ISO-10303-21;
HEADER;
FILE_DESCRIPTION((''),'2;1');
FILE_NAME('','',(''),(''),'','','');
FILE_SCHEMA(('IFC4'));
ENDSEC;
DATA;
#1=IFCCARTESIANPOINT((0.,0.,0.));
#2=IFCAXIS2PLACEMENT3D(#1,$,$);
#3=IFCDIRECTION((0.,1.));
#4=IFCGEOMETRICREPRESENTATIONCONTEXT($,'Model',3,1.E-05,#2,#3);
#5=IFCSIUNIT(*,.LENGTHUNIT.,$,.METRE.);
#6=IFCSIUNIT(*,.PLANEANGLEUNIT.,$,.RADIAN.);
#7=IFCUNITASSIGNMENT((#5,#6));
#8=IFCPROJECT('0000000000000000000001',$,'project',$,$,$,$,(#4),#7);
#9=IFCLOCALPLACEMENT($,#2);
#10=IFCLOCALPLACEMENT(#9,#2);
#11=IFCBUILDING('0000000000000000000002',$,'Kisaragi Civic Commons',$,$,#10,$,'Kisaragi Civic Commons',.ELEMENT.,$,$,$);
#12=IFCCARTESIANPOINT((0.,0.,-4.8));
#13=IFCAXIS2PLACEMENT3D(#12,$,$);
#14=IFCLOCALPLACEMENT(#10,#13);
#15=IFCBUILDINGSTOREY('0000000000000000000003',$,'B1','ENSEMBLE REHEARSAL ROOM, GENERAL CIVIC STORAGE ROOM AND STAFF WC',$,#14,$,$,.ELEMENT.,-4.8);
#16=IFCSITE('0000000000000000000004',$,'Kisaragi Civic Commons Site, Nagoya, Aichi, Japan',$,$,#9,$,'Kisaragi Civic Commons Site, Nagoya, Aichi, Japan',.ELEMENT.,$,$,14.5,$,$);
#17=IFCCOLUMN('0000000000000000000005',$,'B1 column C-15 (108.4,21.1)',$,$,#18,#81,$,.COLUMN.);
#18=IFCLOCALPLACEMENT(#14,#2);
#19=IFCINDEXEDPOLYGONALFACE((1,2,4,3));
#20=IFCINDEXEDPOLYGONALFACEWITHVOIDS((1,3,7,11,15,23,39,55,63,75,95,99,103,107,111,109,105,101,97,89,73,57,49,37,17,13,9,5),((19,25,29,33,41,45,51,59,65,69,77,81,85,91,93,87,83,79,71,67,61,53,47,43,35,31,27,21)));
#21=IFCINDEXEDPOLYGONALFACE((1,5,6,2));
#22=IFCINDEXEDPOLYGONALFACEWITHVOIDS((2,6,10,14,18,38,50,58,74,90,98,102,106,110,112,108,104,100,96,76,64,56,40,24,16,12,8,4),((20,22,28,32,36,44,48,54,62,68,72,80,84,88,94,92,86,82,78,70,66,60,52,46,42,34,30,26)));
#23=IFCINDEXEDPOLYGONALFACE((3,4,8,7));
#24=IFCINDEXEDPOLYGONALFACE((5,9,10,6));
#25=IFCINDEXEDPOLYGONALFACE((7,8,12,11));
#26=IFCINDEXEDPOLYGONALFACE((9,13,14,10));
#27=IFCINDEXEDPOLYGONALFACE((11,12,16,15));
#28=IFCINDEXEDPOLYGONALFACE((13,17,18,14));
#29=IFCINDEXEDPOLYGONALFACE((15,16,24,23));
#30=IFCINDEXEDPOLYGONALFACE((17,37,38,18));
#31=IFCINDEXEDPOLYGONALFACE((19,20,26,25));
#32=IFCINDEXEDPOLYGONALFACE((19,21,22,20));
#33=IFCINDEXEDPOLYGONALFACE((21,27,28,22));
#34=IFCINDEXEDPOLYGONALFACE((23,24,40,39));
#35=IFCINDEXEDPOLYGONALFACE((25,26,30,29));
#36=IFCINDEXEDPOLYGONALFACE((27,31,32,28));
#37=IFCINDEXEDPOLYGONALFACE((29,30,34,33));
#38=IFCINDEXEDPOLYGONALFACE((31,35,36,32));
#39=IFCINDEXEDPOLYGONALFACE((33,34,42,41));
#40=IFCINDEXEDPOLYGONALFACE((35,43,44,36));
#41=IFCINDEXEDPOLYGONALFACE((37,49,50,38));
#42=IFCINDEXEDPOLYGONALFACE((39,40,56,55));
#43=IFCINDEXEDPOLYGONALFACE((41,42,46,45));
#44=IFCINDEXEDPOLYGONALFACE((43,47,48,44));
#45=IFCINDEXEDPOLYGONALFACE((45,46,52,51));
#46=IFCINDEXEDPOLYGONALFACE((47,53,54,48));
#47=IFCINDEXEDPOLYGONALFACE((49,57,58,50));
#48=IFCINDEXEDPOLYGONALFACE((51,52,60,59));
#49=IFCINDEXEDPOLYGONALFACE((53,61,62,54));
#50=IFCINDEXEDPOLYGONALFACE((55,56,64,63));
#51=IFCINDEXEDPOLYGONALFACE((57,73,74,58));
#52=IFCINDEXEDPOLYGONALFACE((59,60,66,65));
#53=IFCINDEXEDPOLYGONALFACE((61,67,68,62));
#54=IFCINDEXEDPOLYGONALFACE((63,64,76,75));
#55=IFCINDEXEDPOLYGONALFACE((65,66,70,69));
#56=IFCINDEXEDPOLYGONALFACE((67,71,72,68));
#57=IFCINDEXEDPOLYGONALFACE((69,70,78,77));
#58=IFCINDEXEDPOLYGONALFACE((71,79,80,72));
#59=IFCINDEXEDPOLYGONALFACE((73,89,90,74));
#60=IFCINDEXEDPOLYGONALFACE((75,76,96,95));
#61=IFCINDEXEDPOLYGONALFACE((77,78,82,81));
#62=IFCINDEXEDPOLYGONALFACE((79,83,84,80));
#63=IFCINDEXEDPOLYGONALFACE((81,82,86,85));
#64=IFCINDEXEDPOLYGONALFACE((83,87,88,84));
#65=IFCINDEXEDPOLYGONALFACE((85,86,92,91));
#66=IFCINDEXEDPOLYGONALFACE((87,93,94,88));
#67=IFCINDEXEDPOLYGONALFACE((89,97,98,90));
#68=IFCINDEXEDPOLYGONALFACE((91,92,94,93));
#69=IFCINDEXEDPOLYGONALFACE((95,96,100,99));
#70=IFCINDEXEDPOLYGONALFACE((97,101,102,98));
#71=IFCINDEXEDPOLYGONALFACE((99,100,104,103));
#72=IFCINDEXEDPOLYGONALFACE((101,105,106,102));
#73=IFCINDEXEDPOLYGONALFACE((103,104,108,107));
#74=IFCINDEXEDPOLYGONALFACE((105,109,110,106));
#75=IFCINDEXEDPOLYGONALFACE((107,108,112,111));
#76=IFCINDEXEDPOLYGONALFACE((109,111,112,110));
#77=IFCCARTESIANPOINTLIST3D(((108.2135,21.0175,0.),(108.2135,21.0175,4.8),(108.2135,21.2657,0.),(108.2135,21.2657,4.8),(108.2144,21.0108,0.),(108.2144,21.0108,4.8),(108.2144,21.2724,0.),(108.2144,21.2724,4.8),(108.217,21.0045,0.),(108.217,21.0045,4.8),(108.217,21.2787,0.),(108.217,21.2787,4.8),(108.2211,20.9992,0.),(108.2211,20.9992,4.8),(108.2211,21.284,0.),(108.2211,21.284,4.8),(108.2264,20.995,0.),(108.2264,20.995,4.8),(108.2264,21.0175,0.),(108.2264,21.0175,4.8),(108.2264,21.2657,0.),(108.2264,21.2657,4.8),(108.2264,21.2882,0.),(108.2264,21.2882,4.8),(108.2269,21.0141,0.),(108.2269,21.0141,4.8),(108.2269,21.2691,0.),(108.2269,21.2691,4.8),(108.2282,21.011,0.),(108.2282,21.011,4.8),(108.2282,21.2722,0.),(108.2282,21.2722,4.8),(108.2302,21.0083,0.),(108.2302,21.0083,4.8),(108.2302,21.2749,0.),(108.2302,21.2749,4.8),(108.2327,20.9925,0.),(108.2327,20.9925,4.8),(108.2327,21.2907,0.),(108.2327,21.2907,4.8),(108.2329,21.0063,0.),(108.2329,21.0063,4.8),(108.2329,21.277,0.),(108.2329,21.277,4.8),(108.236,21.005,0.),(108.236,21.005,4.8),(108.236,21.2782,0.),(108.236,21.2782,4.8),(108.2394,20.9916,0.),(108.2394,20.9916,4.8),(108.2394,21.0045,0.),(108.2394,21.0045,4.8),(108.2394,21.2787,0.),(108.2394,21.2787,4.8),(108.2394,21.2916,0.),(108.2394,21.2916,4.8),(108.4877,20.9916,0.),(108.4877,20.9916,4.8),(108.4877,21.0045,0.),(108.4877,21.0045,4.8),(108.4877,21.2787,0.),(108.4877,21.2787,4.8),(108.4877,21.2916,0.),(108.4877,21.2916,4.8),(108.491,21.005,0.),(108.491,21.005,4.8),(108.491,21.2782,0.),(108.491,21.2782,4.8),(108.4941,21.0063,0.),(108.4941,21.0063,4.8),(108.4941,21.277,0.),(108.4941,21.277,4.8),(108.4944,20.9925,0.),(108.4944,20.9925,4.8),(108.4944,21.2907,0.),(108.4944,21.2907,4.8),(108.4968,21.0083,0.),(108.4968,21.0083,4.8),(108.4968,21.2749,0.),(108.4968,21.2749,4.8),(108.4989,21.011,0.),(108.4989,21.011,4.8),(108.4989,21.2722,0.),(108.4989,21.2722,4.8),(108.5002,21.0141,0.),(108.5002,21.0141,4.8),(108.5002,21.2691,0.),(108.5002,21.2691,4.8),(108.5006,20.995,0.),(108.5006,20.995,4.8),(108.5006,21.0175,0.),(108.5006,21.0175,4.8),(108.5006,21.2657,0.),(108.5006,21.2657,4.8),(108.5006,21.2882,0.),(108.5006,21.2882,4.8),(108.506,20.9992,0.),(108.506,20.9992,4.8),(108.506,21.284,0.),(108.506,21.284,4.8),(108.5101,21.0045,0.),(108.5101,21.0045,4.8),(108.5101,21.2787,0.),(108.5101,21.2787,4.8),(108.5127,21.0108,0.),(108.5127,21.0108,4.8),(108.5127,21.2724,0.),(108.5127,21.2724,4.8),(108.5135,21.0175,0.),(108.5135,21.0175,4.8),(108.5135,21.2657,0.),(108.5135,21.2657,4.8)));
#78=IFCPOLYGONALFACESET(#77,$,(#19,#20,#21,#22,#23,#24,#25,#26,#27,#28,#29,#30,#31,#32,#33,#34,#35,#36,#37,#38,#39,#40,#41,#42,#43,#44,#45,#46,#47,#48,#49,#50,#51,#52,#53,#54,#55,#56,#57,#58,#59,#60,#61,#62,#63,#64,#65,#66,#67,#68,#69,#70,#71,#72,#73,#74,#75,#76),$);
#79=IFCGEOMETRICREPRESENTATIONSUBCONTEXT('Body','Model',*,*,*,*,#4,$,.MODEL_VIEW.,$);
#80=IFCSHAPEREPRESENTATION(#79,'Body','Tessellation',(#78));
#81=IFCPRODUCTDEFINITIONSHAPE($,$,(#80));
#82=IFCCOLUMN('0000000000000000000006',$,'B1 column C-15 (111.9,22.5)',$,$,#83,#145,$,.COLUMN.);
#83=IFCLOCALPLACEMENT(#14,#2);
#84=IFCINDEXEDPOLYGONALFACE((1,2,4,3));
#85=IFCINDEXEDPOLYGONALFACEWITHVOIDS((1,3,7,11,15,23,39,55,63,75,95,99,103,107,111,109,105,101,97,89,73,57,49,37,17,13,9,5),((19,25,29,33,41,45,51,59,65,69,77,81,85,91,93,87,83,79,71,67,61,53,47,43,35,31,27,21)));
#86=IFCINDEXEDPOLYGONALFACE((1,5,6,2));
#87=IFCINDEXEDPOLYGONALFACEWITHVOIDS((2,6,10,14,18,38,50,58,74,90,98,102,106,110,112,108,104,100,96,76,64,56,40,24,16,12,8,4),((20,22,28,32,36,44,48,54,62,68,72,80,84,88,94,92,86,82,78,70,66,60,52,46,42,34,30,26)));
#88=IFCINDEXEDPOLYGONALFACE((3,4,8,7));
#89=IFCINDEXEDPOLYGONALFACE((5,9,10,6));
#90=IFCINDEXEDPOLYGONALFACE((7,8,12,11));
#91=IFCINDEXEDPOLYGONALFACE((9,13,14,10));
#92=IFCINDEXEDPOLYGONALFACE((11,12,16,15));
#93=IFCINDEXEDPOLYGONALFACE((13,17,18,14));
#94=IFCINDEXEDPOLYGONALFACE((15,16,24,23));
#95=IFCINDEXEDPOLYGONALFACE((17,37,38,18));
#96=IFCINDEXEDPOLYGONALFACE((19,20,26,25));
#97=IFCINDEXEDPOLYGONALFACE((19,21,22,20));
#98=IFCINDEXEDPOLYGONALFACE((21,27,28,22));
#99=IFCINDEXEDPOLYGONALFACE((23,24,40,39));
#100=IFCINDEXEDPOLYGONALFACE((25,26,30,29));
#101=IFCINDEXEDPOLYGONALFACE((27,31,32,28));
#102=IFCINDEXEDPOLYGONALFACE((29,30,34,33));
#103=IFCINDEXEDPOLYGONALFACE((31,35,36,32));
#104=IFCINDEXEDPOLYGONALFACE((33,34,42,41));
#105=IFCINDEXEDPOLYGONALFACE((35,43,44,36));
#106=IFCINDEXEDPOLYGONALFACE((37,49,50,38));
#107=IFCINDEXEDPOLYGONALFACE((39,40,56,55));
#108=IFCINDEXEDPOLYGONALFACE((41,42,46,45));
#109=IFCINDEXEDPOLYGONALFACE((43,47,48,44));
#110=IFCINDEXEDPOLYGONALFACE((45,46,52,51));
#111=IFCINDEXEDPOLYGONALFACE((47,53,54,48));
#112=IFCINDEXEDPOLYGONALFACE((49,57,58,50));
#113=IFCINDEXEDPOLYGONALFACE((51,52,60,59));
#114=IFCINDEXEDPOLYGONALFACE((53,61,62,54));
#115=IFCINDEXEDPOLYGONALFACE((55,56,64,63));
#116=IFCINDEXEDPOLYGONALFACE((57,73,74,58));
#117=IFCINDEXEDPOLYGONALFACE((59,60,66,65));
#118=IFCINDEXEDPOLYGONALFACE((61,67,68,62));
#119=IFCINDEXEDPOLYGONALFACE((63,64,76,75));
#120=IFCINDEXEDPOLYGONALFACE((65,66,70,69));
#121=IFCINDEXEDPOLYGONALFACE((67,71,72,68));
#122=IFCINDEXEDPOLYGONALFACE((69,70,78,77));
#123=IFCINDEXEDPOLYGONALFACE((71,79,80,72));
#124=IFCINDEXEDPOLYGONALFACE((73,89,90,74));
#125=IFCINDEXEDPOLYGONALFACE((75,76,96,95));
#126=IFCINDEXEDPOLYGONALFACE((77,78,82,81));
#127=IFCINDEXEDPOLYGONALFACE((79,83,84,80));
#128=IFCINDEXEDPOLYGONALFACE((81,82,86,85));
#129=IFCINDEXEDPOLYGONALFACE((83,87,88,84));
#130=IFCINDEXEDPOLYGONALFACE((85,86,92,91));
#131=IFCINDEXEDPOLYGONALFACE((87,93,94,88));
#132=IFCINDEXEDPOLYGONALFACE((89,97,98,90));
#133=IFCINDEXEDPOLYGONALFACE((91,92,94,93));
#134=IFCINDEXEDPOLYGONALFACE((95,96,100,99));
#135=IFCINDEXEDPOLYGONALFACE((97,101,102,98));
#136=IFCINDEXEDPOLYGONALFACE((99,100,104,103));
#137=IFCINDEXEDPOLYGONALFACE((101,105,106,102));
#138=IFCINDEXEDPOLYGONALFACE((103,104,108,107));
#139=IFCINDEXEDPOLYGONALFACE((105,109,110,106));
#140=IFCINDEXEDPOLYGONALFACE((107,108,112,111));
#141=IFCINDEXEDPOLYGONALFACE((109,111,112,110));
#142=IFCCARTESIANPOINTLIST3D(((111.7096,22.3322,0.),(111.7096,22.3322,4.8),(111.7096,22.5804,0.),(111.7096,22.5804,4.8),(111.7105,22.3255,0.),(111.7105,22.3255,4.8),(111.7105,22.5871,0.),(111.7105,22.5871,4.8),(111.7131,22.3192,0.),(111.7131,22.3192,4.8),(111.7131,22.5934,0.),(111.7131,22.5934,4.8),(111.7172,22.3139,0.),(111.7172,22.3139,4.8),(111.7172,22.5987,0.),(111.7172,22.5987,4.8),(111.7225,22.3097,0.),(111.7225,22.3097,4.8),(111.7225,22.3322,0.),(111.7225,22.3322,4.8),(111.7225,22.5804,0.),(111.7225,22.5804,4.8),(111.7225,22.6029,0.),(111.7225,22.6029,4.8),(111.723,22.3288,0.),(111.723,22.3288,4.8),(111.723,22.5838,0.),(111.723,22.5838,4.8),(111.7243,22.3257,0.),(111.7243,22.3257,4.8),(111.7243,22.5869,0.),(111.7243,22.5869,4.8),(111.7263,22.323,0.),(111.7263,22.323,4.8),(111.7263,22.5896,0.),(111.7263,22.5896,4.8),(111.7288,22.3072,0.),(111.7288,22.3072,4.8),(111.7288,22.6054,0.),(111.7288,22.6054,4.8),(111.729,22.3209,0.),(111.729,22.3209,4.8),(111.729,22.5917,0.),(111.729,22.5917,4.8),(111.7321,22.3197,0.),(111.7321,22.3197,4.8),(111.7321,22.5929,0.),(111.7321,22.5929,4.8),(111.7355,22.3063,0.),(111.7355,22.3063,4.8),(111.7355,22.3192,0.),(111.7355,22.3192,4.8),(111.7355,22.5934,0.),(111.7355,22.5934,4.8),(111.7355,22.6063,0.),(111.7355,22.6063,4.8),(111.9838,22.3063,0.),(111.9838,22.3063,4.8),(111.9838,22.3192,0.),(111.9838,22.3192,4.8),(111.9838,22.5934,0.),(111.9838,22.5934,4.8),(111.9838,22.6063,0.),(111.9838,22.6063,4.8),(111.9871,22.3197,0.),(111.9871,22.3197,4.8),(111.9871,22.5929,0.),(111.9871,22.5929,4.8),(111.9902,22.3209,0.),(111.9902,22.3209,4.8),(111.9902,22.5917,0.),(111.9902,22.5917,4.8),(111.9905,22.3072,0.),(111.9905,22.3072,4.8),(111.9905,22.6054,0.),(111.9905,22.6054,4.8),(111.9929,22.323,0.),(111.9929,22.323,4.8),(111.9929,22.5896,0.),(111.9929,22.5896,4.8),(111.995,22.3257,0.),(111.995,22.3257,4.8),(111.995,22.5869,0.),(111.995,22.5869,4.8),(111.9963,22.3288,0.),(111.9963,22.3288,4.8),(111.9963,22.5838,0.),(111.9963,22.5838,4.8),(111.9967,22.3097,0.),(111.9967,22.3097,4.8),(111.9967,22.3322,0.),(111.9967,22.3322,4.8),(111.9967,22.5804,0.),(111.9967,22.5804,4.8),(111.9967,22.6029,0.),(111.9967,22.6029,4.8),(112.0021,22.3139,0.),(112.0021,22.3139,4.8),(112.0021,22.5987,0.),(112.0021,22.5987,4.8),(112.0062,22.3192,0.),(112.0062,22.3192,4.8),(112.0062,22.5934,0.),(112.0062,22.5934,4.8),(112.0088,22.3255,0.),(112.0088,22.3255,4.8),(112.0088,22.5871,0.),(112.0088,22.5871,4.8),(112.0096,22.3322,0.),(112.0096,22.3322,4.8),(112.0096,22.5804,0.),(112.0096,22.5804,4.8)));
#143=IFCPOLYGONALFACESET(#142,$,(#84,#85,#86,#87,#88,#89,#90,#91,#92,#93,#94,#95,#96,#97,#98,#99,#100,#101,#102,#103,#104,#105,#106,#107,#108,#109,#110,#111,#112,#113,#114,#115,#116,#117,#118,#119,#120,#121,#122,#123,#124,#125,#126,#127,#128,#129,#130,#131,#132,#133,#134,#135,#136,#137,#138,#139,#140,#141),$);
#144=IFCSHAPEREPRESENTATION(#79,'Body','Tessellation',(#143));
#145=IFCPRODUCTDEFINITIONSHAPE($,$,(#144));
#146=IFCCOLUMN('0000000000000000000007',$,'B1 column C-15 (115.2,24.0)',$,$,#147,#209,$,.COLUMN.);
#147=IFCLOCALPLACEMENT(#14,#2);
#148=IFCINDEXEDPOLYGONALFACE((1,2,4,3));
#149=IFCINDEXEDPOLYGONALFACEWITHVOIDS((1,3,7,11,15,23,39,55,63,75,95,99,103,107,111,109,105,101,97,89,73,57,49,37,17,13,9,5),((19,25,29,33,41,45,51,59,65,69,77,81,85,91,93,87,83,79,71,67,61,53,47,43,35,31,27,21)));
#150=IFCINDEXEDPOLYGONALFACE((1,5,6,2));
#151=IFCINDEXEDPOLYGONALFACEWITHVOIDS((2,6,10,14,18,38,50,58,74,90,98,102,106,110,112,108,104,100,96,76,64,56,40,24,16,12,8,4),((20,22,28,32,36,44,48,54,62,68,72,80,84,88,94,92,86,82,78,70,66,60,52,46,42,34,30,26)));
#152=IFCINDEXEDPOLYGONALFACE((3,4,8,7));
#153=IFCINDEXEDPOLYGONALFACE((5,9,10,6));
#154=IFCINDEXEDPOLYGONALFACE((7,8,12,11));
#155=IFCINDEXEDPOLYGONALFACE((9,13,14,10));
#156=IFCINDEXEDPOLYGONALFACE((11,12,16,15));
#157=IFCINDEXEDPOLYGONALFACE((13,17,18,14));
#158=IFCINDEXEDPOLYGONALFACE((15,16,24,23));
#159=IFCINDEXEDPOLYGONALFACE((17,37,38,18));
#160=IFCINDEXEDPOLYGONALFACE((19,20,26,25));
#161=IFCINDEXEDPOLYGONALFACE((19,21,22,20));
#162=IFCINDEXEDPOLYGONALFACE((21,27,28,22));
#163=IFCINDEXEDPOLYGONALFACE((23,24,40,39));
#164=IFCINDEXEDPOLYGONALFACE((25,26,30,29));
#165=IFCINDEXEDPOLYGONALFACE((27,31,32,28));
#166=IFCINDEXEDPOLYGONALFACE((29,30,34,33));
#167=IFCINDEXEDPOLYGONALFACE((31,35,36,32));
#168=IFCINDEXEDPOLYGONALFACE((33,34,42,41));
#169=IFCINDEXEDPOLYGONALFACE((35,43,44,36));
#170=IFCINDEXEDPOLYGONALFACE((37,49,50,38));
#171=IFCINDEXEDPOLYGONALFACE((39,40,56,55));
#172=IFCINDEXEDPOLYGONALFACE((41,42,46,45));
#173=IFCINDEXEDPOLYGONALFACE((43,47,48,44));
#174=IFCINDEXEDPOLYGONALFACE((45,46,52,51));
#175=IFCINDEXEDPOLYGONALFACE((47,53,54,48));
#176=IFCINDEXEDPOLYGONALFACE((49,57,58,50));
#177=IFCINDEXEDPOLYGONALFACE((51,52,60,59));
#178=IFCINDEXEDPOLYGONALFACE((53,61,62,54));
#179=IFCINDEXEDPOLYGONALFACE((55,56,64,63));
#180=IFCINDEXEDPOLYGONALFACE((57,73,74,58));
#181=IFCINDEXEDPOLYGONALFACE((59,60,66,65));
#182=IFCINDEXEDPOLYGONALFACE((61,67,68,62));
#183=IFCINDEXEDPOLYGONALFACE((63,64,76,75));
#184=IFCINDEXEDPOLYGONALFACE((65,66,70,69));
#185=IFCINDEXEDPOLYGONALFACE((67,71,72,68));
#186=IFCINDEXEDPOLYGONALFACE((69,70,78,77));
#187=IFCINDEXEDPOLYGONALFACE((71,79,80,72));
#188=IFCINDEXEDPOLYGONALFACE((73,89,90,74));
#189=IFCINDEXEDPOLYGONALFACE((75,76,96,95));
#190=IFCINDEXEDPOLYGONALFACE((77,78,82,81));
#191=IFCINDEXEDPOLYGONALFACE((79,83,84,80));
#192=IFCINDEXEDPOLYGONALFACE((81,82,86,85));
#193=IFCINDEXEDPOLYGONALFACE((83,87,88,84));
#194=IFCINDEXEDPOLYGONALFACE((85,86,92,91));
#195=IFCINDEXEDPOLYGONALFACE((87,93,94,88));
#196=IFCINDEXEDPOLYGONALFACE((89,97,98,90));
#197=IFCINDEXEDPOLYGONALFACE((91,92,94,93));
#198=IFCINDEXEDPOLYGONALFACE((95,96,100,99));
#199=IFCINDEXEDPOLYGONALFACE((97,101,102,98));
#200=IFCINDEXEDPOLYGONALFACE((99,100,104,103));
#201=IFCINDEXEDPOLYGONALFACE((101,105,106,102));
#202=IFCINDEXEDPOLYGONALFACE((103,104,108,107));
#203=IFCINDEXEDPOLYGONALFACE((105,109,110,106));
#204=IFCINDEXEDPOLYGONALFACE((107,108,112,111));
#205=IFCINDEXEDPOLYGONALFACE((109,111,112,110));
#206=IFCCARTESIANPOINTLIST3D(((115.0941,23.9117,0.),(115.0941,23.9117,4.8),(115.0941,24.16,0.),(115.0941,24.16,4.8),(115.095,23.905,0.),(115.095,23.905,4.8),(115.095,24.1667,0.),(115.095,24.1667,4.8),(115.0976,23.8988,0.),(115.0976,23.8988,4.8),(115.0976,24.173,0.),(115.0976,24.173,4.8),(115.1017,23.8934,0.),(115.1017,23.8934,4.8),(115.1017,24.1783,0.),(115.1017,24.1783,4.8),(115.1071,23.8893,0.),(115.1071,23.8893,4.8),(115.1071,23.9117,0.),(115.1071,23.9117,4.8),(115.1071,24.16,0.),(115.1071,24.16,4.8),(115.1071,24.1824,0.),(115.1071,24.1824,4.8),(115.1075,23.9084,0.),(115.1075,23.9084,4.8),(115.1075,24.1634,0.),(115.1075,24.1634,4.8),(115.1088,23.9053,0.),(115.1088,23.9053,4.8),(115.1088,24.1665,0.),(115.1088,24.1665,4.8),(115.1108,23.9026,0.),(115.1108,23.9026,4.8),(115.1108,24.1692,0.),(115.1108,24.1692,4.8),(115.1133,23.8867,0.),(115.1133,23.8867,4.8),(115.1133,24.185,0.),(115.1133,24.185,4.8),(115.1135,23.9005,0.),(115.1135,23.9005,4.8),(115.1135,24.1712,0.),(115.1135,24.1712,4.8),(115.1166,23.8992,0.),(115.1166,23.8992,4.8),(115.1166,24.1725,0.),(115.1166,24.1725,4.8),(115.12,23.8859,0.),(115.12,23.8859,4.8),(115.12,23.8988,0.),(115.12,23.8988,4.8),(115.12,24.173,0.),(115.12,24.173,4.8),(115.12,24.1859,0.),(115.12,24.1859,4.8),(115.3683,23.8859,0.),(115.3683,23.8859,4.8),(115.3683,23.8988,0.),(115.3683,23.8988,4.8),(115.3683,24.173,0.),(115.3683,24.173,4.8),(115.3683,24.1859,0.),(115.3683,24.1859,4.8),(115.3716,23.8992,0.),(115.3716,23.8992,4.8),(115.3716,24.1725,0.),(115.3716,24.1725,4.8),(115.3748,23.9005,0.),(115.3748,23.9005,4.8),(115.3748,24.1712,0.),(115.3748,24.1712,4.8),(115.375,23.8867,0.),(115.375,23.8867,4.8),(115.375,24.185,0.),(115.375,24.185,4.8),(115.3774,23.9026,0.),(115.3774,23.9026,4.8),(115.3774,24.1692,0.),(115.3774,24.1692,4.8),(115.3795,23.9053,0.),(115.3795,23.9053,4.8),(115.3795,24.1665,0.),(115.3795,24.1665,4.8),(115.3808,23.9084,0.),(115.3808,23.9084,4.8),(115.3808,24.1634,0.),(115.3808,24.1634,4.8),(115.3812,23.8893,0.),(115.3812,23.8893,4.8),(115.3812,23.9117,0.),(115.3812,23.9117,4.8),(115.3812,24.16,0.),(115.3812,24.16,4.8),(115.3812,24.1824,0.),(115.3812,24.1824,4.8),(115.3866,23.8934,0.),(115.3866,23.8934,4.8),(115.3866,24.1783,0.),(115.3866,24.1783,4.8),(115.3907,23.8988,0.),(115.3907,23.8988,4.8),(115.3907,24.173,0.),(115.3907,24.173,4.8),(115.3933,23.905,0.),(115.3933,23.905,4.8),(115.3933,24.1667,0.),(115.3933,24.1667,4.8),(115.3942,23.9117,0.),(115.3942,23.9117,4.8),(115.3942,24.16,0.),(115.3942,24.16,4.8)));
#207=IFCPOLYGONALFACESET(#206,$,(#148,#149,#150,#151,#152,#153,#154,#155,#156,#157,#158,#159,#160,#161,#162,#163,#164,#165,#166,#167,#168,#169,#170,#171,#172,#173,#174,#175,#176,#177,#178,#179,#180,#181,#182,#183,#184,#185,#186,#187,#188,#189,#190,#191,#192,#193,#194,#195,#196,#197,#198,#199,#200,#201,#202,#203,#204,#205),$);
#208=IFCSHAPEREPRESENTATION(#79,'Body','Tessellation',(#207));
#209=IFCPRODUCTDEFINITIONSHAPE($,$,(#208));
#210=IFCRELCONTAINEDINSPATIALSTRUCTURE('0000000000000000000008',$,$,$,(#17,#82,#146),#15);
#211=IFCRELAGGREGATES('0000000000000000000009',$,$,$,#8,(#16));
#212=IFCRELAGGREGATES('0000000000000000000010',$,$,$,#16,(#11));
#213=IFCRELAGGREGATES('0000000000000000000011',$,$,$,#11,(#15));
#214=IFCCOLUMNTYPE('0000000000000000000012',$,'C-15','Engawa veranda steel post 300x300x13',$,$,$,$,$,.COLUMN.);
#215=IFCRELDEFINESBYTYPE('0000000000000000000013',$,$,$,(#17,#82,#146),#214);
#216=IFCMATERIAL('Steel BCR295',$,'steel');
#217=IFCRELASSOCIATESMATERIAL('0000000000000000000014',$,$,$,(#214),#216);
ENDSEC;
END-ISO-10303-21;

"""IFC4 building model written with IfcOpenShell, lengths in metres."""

from ifc_helpers import new_model, si_unit, direction, frame, origin, origin_2d, place, context, subcontext, project, spatial, hollow_rectangle, extrude, material, material_profile, profile_set, type_object, element, save


model = new_model("IFC4")

# Units and contexts
model_context = context("Model", 3, precision=1e-05, world=origin(), true_north=direction((0.0, 1.0)))
body_context = subcontext(model_context, "Body", "Model", "MODEL_VIEW")
ifc_project = project(units=[si_unit("LENGTHUNIT", "METRE"), si_unit("PLANEANGLEUNIT", "RADIAN")], contexts=[model_context])

# Site, building, storey
site_placement = place(None, origin())
site = spatial("IfcSite", under=ifc_project, at=site_placement, Name="Kisaragi Civic Commons Site, Nagoya, Aichi, Japan", LongName="Kisaragi Civic Commons Site, Nagoya, Aichi, Japan", CompositionType="ELEMENT", RefElevation=14.5)
building_placement = place(site_placement, origin())
building = spatial("IfcBuilding", under=site, at=building_placement, Name="Kisaragi Civic Commons", LongName="Kisaragi Civic Commons", CompositionType="ELEMENT")
storey_placement = place(building_placement, frame((0.0, 0.0, -4.8)))
storey = spatial("IfcBuildingStorey", under=building, at=storey_placement, Name="B1", Description="ENSEMBLE REHEARSAL ROOM, GENERAL CIVIC STORAGE ROOM AND STAFF WC", CompositionType="ELEMENT", Elevation=-4.8)

# Columns
ifc_material_1 = material(Name="Steel BCR295", Category="steel")
ifc_material_profile_1 = material_profile(ifc_material_1, hollow_rectangle(XDim=0.3, YDim=0.3, WallThickness=0.0129, InnerFilletRadius=0.0129, OuterFilletRadius=0.0259, at=origin_2d()), Name="BCR-300x300x13", Category="steel")
ifc_profile_set_1 = profile_set([ifc_material_profile_1], Name="Steel BCR295")
column_type_1 = type_object("IfcColumnType", Name="C-15", Description="Engawa veranda steel post 300x300x13", PredefinedType="COLUMN", material=ifc_profile_set_1)
for number, where, z_axis, x_axis, name in (
    (1, (108.3635, 21.1416, 0.0), (0.0, 0.0, 1.0), (1.0, 0.0, 0.0), "B1 column C-15 (108.4,21.1)"),
    (2, (111.8596, 22.4563, 0.0), (0.0, 0.0, 1.0), (1.0, 0.0, 0.0), "B1 column C-15 (111.9,22.5)"),
    (3, (115.2441, 24.0359, 0.0), (0.0, 0.0, 1.0), (1.0, 0.0, 0.0), "B1 column C-15 (115.2,24.0)"),
):
    element("IfcColumn", number, at=place(storey_placement, frame(where, z_axis=z_axis, x_axis=x_axis)), inside=storey, type_object=column_type_1, Name=name, PredefinedType="COLUMN", context=body_context, shape_type="SweptSolid", body=[
        extrude(hollow_rectangle(XDim=0.3, YDim=0.3, WallThickness=0.0129, InnerFilletRadius=0.0129, OuterFilletRadius=0.0259, at=origin_2d()), origin(), (0.0, 0.0, 1.0), 4.8),
    ])

save(model, "model.ifc")
